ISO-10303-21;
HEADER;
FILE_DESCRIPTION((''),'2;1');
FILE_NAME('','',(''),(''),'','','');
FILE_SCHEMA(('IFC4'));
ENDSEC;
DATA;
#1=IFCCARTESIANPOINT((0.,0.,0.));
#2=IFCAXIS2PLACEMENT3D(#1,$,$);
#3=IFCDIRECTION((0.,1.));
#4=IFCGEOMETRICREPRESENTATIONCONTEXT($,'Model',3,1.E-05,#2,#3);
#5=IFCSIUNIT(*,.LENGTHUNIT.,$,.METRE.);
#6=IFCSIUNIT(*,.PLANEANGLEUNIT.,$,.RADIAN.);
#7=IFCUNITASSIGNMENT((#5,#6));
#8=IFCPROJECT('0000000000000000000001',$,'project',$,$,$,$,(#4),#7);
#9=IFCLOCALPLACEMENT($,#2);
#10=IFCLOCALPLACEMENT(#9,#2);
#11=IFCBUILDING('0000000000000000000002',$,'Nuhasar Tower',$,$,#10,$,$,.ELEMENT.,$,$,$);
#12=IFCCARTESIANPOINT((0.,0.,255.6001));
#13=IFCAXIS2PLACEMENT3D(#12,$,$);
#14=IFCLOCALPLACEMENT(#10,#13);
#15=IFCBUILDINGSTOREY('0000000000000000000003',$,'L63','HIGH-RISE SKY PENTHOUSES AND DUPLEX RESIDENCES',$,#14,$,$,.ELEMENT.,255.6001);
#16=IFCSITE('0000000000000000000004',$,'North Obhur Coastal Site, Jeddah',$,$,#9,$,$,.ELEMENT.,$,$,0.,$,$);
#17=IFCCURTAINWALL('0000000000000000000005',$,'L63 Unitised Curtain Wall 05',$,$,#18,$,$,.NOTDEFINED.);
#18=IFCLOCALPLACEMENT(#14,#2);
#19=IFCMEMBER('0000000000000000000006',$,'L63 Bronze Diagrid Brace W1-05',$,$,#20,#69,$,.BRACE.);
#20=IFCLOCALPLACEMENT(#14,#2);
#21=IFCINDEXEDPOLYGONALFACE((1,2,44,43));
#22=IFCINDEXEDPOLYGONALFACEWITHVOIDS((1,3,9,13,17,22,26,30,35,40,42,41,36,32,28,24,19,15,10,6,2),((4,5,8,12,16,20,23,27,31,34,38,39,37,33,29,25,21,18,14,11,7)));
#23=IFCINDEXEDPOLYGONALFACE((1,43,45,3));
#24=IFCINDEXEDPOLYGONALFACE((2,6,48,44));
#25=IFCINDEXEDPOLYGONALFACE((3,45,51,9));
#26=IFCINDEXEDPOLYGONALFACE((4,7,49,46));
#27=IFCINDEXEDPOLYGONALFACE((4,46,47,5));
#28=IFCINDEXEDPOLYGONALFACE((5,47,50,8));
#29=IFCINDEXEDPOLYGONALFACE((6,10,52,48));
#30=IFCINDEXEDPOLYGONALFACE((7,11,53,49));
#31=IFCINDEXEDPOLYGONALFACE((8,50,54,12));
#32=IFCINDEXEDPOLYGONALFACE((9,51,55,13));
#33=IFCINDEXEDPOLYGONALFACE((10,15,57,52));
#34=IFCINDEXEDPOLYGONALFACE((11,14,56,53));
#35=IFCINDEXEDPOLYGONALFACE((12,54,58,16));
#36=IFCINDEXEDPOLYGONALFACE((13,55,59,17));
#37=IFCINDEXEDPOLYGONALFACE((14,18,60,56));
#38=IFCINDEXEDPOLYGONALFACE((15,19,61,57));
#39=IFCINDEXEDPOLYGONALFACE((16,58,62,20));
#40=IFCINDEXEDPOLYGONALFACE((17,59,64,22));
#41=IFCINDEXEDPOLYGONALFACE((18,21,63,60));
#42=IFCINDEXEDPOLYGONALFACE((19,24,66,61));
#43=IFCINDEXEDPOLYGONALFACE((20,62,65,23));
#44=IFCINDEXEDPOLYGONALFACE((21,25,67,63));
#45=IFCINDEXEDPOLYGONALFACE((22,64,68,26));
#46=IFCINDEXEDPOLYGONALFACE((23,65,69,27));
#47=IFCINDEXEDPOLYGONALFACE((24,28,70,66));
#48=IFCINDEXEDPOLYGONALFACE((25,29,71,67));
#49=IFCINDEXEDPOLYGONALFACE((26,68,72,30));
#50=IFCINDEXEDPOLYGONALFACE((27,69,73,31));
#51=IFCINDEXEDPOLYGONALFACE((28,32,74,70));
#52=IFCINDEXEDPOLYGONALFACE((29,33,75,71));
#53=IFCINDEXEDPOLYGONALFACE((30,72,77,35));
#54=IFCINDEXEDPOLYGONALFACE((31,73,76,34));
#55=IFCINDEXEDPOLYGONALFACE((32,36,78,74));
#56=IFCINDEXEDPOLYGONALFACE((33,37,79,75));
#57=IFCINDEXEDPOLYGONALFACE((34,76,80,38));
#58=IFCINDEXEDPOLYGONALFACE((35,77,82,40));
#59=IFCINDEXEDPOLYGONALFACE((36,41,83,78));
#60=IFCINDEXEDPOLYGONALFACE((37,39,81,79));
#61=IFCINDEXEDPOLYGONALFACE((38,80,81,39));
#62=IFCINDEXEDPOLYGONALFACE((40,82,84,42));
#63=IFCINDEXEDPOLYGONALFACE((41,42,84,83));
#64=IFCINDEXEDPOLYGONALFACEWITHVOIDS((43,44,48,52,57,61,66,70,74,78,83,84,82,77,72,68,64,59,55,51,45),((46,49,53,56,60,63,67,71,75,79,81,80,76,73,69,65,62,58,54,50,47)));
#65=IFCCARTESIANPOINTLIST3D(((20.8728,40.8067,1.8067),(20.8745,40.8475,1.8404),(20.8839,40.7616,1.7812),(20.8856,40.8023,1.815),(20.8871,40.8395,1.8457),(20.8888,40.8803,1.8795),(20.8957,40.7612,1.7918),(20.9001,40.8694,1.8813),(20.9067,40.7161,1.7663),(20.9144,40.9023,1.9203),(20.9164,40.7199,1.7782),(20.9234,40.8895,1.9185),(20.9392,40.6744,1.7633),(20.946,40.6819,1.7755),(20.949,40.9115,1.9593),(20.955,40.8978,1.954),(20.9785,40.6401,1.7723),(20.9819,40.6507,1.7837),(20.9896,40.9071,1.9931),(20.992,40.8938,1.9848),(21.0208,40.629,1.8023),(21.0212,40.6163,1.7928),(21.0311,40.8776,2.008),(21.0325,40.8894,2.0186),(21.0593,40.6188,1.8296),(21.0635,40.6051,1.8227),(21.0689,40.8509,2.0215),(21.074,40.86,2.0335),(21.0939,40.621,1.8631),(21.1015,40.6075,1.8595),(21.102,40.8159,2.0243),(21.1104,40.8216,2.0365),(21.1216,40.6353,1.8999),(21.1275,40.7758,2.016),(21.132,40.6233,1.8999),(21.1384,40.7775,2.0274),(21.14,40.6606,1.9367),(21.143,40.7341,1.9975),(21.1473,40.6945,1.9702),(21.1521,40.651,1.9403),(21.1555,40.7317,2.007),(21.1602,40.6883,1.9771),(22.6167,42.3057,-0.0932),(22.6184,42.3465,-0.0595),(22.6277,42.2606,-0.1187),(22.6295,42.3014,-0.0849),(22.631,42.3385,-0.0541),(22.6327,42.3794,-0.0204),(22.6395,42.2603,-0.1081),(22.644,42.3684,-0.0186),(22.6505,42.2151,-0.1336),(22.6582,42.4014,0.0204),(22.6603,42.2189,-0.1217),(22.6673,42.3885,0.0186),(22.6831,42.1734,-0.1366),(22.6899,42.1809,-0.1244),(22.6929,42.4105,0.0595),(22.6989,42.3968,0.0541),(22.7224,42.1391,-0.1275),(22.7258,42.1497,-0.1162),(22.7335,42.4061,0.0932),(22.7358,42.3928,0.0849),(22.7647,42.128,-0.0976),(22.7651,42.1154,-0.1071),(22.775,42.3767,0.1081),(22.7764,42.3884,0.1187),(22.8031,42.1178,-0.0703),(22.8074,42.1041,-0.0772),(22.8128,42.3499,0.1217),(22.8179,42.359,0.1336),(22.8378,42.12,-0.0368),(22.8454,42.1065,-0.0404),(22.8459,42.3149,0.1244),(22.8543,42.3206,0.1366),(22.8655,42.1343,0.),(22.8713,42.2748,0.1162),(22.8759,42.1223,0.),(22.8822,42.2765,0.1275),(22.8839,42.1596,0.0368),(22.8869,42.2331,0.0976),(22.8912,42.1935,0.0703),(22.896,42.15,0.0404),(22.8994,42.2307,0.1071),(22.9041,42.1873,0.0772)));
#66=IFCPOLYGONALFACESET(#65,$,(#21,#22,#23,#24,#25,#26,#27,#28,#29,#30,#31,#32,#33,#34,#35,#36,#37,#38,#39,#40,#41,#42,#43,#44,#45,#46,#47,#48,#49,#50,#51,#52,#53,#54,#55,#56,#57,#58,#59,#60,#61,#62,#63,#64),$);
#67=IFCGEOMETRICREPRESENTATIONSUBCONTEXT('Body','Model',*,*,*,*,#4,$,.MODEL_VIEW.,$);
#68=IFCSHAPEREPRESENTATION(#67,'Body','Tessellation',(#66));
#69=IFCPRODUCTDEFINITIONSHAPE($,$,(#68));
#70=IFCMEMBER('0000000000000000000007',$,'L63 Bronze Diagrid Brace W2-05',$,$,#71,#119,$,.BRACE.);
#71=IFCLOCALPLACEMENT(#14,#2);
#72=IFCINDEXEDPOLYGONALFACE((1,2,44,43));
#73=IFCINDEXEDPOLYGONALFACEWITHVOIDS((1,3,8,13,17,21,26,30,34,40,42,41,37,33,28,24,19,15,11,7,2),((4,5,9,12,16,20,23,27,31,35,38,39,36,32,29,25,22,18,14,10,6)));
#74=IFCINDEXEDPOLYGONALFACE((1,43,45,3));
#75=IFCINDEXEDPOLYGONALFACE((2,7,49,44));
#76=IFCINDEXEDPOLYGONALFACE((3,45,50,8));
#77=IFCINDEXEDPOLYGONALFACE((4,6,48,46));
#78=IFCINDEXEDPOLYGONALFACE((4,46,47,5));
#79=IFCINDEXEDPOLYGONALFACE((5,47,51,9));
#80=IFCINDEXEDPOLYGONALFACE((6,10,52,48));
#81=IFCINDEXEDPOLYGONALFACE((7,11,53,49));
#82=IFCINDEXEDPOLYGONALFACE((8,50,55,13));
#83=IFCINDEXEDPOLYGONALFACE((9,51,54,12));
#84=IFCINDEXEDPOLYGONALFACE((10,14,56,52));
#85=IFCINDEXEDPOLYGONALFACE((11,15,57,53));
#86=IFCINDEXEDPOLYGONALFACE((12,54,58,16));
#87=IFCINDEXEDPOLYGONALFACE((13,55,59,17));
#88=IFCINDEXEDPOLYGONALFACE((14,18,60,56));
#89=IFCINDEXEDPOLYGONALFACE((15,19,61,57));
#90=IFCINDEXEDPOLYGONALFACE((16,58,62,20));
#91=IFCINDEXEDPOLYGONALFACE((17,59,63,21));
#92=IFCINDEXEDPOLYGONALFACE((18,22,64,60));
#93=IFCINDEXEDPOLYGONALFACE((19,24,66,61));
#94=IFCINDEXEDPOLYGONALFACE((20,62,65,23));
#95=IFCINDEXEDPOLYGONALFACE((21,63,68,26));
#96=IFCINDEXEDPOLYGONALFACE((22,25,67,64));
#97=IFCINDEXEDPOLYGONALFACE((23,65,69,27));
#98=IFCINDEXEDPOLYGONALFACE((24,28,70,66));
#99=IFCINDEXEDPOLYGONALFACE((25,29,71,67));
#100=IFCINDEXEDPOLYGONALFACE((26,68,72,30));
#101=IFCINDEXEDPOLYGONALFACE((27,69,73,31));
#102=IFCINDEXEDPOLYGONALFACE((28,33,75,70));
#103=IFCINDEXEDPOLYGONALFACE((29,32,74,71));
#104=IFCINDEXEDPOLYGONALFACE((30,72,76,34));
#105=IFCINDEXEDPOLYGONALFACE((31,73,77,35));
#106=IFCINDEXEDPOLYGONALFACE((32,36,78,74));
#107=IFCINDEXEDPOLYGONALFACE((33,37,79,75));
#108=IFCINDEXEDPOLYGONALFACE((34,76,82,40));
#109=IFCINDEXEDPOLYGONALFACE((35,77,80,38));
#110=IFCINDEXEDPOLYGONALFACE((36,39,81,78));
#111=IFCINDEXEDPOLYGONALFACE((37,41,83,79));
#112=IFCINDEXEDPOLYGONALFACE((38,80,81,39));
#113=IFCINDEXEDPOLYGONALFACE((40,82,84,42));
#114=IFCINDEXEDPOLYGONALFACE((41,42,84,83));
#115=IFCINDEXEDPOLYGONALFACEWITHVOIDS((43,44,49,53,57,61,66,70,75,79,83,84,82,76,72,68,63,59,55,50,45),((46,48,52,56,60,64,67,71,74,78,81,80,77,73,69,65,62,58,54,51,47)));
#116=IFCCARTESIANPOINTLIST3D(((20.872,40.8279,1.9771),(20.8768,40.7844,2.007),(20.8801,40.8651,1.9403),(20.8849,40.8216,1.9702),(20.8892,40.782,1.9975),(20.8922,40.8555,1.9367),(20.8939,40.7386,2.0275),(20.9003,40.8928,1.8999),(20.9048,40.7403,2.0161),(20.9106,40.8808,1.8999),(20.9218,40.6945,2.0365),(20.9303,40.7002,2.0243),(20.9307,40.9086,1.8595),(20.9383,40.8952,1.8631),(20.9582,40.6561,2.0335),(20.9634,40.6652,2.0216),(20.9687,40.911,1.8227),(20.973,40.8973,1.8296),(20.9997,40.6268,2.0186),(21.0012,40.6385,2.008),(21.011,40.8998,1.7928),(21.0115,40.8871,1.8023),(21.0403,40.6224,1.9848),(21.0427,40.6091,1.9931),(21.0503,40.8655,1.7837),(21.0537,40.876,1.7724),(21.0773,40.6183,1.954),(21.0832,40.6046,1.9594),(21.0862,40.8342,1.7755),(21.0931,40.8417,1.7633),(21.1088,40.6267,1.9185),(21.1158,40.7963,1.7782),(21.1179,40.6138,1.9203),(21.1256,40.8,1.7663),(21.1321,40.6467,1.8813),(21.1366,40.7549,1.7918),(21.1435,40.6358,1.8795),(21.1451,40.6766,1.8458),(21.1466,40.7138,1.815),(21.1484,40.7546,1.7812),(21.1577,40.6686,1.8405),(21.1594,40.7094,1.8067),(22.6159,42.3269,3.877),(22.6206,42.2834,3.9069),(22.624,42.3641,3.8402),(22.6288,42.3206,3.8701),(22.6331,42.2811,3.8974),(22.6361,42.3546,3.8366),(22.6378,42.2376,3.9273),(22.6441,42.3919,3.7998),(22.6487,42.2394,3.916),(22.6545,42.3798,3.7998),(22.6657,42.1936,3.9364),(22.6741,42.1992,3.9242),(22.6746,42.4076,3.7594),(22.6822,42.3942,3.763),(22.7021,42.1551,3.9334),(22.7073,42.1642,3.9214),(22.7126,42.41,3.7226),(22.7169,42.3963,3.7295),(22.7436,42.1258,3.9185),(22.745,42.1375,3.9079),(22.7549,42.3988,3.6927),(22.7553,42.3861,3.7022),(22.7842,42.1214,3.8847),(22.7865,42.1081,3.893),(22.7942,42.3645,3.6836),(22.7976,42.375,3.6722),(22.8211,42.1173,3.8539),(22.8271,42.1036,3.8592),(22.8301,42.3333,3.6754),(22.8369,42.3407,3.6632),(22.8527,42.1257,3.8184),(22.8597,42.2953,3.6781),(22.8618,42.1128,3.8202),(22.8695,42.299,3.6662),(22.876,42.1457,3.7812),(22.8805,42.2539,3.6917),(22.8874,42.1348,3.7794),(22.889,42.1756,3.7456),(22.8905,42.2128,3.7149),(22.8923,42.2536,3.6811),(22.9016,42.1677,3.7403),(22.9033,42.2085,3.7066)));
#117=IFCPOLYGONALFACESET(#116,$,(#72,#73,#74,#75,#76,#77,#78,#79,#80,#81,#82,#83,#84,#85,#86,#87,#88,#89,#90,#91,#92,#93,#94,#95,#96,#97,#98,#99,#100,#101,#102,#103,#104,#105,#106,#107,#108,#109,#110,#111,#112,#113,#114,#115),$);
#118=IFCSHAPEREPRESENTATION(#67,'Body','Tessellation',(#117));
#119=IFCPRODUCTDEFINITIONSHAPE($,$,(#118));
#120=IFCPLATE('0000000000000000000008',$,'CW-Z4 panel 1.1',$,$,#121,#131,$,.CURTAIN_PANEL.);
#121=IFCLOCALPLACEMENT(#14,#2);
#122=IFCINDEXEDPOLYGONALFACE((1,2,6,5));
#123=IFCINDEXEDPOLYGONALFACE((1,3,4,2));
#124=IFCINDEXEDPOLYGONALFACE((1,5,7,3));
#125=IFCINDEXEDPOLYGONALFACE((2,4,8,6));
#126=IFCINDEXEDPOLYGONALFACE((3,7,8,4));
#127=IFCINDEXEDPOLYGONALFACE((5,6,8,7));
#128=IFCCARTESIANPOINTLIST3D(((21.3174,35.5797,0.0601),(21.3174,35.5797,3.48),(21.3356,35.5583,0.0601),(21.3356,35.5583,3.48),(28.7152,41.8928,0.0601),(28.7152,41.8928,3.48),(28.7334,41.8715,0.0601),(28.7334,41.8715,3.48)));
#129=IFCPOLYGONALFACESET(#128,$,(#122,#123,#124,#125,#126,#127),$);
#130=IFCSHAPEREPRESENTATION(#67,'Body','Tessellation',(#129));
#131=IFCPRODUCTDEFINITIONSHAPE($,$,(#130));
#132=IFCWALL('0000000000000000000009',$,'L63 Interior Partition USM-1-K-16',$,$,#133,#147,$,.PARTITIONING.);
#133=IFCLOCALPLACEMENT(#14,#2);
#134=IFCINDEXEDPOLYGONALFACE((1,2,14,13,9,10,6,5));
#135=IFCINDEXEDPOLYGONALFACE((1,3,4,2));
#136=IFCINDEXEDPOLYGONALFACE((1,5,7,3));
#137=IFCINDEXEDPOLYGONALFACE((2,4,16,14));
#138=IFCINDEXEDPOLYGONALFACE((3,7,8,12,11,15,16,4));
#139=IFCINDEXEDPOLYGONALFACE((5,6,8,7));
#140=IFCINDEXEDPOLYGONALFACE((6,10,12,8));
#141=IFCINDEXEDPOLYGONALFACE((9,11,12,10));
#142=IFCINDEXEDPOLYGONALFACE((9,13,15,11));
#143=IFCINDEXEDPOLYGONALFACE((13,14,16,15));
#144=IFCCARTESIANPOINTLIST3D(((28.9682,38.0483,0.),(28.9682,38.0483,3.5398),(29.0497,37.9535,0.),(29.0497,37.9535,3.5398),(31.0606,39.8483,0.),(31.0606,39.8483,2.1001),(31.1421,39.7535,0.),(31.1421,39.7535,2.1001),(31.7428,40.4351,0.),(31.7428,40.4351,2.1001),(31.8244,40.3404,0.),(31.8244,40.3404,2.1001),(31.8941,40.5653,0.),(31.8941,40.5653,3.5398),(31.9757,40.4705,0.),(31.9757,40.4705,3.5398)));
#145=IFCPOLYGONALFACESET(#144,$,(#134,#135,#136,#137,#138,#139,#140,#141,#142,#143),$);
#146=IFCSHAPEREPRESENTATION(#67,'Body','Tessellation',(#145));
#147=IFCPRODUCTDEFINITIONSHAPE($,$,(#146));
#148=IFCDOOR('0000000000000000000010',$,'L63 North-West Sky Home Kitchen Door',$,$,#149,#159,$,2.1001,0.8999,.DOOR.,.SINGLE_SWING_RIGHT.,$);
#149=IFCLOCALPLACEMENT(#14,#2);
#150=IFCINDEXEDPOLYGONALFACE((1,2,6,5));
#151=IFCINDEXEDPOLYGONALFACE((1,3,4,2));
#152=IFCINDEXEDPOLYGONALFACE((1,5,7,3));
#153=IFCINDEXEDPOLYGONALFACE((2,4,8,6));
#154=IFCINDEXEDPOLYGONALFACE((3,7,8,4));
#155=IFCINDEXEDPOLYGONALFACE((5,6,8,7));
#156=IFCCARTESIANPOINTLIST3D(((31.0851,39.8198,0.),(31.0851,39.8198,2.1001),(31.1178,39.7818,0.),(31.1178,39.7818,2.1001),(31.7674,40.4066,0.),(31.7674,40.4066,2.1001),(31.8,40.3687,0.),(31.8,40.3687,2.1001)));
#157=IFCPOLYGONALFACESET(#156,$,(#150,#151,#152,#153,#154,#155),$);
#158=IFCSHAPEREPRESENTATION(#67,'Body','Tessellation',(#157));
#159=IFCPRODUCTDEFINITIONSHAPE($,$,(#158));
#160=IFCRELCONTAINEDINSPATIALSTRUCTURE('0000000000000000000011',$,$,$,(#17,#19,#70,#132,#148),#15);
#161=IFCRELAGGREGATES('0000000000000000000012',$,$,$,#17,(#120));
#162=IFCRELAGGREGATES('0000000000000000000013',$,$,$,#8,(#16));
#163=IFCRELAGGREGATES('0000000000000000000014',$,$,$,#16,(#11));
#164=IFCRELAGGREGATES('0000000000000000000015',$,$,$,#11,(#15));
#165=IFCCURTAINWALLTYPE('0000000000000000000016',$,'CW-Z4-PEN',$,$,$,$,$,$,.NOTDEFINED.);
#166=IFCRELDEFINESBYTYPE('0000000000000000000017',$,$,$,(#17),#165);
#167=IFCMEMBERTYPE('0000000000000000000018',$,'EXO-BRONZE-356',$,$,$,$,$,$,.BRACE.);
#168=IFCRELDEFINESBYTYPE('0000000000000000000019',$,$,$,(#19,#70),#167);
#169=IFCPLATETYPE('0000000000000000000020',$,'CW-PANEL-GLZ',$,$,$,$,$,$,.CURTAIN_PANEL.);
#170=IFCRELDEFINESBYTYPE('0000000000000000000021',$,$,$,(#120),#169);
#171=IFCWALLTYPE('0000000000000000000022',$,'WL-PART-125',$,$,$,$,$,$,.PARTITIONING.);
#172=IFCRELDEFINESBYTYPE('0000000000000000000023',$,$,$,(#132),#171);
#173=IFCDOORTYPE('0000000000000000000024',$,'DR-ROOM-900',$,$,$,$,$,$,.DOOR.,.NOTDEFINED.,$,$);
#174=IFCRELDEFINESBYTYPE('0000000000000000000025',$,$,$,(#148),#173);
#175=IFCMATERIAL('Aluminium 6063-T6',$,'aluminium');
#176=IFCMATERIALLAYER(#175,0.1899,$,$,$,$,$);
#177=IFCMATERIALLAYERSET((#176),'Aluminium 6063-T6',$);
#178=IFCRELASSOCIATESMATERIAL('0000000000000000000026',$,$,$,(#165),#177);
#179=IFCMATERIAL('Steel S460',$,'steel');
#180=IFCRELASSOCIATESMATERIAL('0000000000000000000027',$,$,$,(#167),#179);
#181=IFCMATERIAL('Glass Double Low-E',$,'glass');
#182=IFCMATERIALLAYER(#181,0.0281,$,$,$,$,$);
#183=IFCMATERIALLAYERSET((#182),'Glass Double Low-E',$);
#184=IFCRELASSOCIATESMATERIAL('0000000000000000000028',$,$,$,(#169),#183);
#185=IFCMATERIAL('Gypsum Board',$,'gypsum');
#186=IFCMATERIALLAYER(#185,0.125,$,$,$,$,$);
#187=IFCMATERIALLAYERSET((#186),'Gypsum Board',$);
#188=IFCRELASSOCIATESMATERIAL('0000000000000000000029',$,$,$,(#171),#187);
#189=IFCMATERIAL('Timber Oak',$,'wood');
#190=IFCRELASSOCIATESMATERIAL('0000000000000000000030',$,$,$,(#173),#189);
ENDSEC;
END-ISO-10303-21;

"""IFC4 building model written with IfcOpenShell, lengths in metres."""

from ifc_helpers import new_model, si_unit, direction, frame, frame_2d, origin, origin_2d, place, context, subcontext, project, spatial, rectangle, hollow_circle, extrude, material, layer, layer_set, material_profile, profile_set, type_object, element, fill, aggregate, save


model = new_model("IFC4")

# Units and contexts
model_context = context("Model", 3, precision=1e-05, world=origin(), true_north=direction((0.0, 1.0)))
body_context = subcontext(model_context, "Body", "Model", "MODEL_VIEW")
ifc_project = project(units=[si_unit("LENGTHUNIT", "METRE"), si_unit("PLANEANGLEUNIT", "RADIAN")], contexts=[model_context])

# Site, building, storey
site_placement = place(None, origin())
site = spatial("IfcSite", under=ifc_project, at=site_placement, Name="North Obhur Coastal Site, Jeddah", CompositionType="ELEMENT", RefElevation=0.0)
building_placement = place(site_placement, origin())
building = spatial("IfcBuilding", under=site, at=building_placement, Name="Nuhasar Tower", CompositionType="ELEMENT")
storey_placement = place(building_placement, frame((0.0, 0.0, 255.6001)))
storey = spatial("IfcBuildingStorey", under=building, at=storey_placement, Name="L63", Description="HIGH-RISE SKY PENTHOUSES AND DUPLEX RESIDENCES", CompositionType="ELEMENT", Elevation=255.6001)

# Shared definitions
ifc_material_1 = material(Name="Steel S460", Category="steel")

# Shared definitions
ifc_material_2 = material(Name="Aluminium 6063-T6", Category="aluminium")
ifc_layer_1 = layer(ifc_material_2, 0.1899)
ifc_layer_set_1 = layer_set([ifc_layer_1], Name="Aluminium 6063-T6")
curtain_wall_type = type_object("IfcCurtainWallType", Name="CW-Z4-PEN", PredefinedType="NOTDEFINED", material=ifc_layer_set_1)

# Curtain wall
curtain_wall_1_placement = place(storey_placement, origin())
curtain_wall_1 = element("IfcCurtainWall", 1, at=curtain_wall_1_placement, inside=storey, type_object=curtain_wall_type, Name="L63 Unitised Curtain Wall 05", PredefinedType="NOTDEFINED")

# Members
ifc_material_profile_1 = material_profile(ifc_material_1, hollow_circle(Radius=0.1777, WallThickness=0.0159, at=origin_2d()), Name="HSS355.6X15.9")
ifc_profile_set_1 = profile_set([ifc_material_profile_1], Name="Steel S460")
member_type_1 = type_object("IfcMemberType", Name="EXO-BRONZE-356", PredefinedType="BRACE", material=ifc_profile_set_1)
for number, where, z_axis, x_axis, name in (
    (2, (22.76, 42.2571, 0.0), (-0.584625, -0.502534, 0.636925), (0.651857, -0.758342, 0.0), "L63 Bronze Diagrid Brace W1-05"),
    (3, (21.0161, 40.7581, 1.8999), (0.584625, 0.502534, 0.636925), (-0.651857, 0.758342, 0.0), "L63 Bronze Diagrid Brace W2-05"),
):
    element("IfcMember", number, at=place(storey_placement, frame(where, z_axis=z_axis, x_axis=x_axis)), inside=storey, type_object=member_type_1, Name=name, PredefinedType="BRACE", context=body_context, shape_type="SweptSolid", body=[
        extrude(hollow_circle(Radius=0.1777, WallThickness=0.0159, at=origin_2d()), origin(), (0.0, 0.0, 1.0), 2.9829),
    ])

# Plate
ifc_material_3 = material(Name="Glass Double Low-E", Category="glass")
ifc_layer_2 = layer(ifc_material_3, 0.0281)
ifc_layer_set_2 = layer_set([ifc_layer_2], Name="Glass Double Low-E")
plate_type = type_object("IfcPlateType", Name="CW-PANEL-GLZ", PredefinedType="CURTAIN_PANEL", material=ifc_layer_set_2)
plate_placement = place(storey_placement, frame((25.0254, 38.7256, 0.0601), z_axis=(0.0, 0.0, 1.0), x_axis=(-0.760667, -0.649142, 0.0)))
plate = element("IfcPlate", 4, at=plate_placement, type_object=plate_type, Name="CW-Z4 panel 1.1", PredefinedType="CURTAIN_PANEL", context=body_context, shape_type="SweptSolid", body=[
    extrude(rectangle(XDim=9.7253, YDim=0.0281, at=origin_2d()), origin(), (0.0, 0.0, 1.0), 3.4199),
])
aggregate(curtain_wall_1, [plate])

# Wall, opening, door
ifc_material_4 = material(Name="Gypsum Board", Category="gypsum")
ifc_layer_3 = layer(ifc_material_4, 0.125)
ifc_layer_set_3 = layer_set([ifc_layer_3], Name="Gypsum Board")
wall_type = type_object("IfcWallType", Name="WL-PART-125", PredefinedType="PARTITIONING", material=ifc_layer_set_3)
wall_placement = place(storey_placement, frame((29.009, 38.001, 0.0), z_axis=(0.0, 0.0, 1.0), x_axis=(0.758095, 0.652145, 0.0)))
wall = element("IfcWall", 5, at=wall_placement, inside=storey, type_object=wall_type, Name="L63 Interior Partition USM-1-K-16", PredefinedType="PARTITIONING", context=body_context, shape_type="SweptSolid", body=[
    extrude(rectangle(XDim=3.8596, YDim=0.125, at=frame_2d((1.9297, 0.0))), origin(), (0.0, 0.0, 1.0), 3.5398),
])
opening_placement = place(wall_placement, frame((2.76, 0.0, 0.0)))
opening = element("IfcOpeningElement", 6, at=opening_placement, cuts=wall, PredefinedType="OPENING", context=body_context, shape_type="SweptSolid", body=[
    extrude(rectangle(XDim=0.8999, YDim=2.1001, at=frame_2d((0.45, 1.05))), frame((0.0, 0.0725, 0.0), z_axis=(0.0, -1.0, 0.0), x_axis=(1.0, 0.0, 0.0)), (0.0, 0.0, 1.0), 0.145),
])
ifc_material_5 = material(Name="Timber Oak", Category="wood")
door_type = type_object("IfcDoorType", Name="DR-ROOM-900", OperationType="NOTDEFINED", PredefinedType="DOOR", material=ifc_material_5)
door_placement = place(opening_placement, origin())
door = element("IfcDoor", 7, at=door_placement, inside=storey, type_object=door_type, Name="L63 North-West Sky Home Kitchen Door", OperationType="SINGLE_SWING_RIGHT", OverallHeight=2.1001, OverallWidth=0.8999, PredefinedType="DOOR", context=body_context, shape_type="SweptSolid", body=[
    extrude(rectangle(XDim=0.8999, YDim=2.1001, at=frame_2d((0.45, 1.05))), frame((0.0, 0.0249, 0.0), z_axis=(0.0, -1.0, 0.0), x_axis=(1.0, 0.0, 0.0)), (0.0, 0.0, 1.0), 0.05),
])
fill(opening, door)

save(model, "model.ifc")
